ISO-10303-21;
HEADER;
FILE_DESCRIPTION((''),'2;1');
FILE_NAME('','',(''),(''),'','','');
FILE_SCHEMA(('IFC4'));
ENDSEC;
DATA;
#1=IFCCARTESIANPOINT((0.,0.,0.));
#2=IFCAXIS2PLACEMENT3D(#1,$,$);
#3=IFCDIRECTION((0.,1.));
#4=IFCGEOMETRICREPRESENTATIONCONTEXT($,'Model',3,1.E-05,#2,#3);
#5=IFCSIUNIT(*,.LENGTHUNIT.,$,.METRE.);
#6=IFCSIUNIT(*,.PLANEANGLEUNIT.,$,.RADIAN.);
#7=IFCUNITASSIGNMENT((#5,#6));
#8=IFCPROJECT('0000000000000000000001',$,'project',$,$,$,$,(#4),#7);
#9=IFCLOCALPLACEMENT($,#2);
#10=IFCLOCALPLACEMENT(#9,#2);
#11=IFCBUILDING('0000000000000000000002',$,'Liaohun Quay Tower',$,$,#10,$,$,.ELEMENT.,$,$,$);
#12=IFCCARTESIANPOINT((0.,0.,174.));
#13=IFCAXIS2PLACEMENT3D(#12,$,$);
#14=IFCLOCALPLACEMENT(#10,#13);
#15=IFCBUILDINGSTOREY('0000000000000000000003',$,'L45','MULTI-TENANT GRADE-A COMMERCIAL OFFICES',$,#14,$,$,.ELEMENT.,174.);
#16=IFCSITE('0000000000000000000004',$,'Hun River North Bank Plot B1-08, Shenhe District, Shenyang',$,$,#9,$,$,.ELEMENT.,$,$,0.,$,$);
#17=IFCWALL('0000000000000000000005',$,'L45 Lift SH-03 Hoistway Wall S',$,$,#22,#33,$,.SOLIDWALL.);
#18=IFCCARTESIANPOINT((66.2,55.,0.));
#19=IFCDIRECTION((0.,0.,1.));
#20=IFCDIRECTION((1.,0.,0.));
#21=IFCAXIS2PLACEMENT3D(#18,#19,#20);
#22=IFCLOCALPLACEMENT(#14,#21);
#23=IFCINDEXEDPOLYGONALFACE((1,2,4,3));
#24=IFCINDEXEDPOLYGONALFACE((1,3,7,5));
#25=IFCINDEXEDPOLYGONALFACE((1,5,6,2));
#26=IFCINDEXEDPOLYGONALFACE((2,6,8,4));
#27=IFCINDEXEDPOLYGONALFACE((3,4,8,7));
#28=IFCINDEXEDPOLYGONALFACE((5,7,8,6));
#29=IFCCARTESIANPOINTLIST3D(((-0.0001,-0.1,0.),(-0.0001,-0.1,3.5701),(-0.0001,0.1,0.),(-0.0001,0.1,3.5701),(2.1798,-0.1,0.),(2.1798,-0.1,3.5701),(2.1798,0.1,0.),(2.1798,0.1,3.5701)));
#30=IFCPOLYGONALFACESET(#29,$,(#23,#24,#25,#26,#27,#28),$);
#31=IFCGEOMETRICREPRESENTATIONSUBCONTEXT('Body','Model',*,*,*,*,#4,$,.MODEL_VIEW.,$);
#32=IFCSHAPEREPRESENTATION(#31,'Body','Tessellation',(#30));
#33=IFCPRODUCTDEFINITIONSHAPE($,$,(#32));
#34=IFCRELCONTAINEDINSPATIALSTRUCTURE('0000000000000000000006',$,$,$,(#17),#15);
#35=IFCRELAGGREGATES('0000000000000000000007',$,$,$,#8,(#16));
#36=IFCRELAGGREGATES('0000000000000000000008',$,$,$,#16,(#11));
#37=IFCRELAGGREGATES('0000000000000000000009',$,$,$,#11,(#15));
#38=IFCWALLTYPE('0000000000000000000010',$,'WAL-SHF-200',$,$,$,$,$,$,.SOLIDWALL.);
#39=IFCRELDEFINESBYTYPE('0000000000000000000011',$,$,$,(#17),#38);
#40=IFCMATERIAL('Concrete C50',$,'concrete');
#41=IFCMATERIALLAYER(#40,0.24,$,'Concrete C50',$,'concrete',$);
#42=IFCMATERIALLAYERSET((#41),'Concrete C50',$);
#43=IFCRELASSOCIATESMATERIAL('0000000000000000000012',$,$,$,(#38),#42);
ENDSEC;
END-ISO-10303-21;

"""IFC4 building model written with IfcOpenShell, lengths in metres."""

from ifc_helpers import new_model, si_unit, direction, frame, frame_2d, origin, place, context, subcontext, project, spatial, rectangle, extrude, material, layer, layer_set, type_object, element, save


model = new_model("IFC4")

# Units and contexts
model_context = context("Model", 3, precision=1e-05, world=origin(), true_north=direction((0.0, 1.0)))
body_context = subcontext(model_context, "Body", "Model", "MODEL_VIEW")
ifc_project = project(units=[si_unit("LENGTHUNIT", "METRE"), si_unit("PLANEANGLEUNIT", "RADIAN")], contexts=[model_context])

# Site, building, storey
site_placement = place(None, origin())
site = spatial("IfcSite", under=ifc_project, at=site_placement, Name="Hun River North Bank Plot B1-08, Shenhe District, Shenyang", CompositionType="ELEMENT", RefElevation=0.0)
building_placement = place(site_placement, origin())
building = spatial("IfcBuilding", under=site, at=building_placement, Name="Liaohun Quay Tower", CompositionType="ELEMENT")
storey_placement = place(building_placement, frame((0.0, 0.0, 174.0)))
storey = spatial("IfcBuildingStorey", under=building, at=storey_placement, Name="L45", Description="MULTI-TENANT GRADE-A COMMERCIAL OFFICES", CompositionType="ELEMENT", Elevation=174.0)

# Shared definitions
ifc_material_1 = material(Name="Concrete C50", Category="concrete")
ifc_layer_1 = layer(ifc_material_1, 0.24, Name="Concrete C50", Category="concrete")
ifc_layer_set_1 = layer_set([ifc_layer_1], Name="Concrete C50")
wall_type_1 = type_object("IfcWallType", Name="WAL-SHF-200", PredefinedType="SOLIDWALL", material=ifc_layer_set_1)

# Wall
wall_1_placement = place(storey_placement, frame((66.2, 55.0, 0.0), z_axis=(0.0, 0.0, 1.0), x_axis=(1.0, 0.0, 0.0)))
element("IfcWall", 1, at=wall_1_placement, inside=storey, type_object=wall_type_1, Name="L45 Lift SH-03 Hoistway Wall S", PredefinedType="SOLIDWALL", context=body_context, shape_type="SweptSolid", body=[
    extrude(rectangle(XDim=2.1799, YDim=0.2, at=frame_2d((1.0898, 0.0))), origin(), (0.0, 0.0, 1.0), 3.5701),
])

save(model, "model.ifc")
